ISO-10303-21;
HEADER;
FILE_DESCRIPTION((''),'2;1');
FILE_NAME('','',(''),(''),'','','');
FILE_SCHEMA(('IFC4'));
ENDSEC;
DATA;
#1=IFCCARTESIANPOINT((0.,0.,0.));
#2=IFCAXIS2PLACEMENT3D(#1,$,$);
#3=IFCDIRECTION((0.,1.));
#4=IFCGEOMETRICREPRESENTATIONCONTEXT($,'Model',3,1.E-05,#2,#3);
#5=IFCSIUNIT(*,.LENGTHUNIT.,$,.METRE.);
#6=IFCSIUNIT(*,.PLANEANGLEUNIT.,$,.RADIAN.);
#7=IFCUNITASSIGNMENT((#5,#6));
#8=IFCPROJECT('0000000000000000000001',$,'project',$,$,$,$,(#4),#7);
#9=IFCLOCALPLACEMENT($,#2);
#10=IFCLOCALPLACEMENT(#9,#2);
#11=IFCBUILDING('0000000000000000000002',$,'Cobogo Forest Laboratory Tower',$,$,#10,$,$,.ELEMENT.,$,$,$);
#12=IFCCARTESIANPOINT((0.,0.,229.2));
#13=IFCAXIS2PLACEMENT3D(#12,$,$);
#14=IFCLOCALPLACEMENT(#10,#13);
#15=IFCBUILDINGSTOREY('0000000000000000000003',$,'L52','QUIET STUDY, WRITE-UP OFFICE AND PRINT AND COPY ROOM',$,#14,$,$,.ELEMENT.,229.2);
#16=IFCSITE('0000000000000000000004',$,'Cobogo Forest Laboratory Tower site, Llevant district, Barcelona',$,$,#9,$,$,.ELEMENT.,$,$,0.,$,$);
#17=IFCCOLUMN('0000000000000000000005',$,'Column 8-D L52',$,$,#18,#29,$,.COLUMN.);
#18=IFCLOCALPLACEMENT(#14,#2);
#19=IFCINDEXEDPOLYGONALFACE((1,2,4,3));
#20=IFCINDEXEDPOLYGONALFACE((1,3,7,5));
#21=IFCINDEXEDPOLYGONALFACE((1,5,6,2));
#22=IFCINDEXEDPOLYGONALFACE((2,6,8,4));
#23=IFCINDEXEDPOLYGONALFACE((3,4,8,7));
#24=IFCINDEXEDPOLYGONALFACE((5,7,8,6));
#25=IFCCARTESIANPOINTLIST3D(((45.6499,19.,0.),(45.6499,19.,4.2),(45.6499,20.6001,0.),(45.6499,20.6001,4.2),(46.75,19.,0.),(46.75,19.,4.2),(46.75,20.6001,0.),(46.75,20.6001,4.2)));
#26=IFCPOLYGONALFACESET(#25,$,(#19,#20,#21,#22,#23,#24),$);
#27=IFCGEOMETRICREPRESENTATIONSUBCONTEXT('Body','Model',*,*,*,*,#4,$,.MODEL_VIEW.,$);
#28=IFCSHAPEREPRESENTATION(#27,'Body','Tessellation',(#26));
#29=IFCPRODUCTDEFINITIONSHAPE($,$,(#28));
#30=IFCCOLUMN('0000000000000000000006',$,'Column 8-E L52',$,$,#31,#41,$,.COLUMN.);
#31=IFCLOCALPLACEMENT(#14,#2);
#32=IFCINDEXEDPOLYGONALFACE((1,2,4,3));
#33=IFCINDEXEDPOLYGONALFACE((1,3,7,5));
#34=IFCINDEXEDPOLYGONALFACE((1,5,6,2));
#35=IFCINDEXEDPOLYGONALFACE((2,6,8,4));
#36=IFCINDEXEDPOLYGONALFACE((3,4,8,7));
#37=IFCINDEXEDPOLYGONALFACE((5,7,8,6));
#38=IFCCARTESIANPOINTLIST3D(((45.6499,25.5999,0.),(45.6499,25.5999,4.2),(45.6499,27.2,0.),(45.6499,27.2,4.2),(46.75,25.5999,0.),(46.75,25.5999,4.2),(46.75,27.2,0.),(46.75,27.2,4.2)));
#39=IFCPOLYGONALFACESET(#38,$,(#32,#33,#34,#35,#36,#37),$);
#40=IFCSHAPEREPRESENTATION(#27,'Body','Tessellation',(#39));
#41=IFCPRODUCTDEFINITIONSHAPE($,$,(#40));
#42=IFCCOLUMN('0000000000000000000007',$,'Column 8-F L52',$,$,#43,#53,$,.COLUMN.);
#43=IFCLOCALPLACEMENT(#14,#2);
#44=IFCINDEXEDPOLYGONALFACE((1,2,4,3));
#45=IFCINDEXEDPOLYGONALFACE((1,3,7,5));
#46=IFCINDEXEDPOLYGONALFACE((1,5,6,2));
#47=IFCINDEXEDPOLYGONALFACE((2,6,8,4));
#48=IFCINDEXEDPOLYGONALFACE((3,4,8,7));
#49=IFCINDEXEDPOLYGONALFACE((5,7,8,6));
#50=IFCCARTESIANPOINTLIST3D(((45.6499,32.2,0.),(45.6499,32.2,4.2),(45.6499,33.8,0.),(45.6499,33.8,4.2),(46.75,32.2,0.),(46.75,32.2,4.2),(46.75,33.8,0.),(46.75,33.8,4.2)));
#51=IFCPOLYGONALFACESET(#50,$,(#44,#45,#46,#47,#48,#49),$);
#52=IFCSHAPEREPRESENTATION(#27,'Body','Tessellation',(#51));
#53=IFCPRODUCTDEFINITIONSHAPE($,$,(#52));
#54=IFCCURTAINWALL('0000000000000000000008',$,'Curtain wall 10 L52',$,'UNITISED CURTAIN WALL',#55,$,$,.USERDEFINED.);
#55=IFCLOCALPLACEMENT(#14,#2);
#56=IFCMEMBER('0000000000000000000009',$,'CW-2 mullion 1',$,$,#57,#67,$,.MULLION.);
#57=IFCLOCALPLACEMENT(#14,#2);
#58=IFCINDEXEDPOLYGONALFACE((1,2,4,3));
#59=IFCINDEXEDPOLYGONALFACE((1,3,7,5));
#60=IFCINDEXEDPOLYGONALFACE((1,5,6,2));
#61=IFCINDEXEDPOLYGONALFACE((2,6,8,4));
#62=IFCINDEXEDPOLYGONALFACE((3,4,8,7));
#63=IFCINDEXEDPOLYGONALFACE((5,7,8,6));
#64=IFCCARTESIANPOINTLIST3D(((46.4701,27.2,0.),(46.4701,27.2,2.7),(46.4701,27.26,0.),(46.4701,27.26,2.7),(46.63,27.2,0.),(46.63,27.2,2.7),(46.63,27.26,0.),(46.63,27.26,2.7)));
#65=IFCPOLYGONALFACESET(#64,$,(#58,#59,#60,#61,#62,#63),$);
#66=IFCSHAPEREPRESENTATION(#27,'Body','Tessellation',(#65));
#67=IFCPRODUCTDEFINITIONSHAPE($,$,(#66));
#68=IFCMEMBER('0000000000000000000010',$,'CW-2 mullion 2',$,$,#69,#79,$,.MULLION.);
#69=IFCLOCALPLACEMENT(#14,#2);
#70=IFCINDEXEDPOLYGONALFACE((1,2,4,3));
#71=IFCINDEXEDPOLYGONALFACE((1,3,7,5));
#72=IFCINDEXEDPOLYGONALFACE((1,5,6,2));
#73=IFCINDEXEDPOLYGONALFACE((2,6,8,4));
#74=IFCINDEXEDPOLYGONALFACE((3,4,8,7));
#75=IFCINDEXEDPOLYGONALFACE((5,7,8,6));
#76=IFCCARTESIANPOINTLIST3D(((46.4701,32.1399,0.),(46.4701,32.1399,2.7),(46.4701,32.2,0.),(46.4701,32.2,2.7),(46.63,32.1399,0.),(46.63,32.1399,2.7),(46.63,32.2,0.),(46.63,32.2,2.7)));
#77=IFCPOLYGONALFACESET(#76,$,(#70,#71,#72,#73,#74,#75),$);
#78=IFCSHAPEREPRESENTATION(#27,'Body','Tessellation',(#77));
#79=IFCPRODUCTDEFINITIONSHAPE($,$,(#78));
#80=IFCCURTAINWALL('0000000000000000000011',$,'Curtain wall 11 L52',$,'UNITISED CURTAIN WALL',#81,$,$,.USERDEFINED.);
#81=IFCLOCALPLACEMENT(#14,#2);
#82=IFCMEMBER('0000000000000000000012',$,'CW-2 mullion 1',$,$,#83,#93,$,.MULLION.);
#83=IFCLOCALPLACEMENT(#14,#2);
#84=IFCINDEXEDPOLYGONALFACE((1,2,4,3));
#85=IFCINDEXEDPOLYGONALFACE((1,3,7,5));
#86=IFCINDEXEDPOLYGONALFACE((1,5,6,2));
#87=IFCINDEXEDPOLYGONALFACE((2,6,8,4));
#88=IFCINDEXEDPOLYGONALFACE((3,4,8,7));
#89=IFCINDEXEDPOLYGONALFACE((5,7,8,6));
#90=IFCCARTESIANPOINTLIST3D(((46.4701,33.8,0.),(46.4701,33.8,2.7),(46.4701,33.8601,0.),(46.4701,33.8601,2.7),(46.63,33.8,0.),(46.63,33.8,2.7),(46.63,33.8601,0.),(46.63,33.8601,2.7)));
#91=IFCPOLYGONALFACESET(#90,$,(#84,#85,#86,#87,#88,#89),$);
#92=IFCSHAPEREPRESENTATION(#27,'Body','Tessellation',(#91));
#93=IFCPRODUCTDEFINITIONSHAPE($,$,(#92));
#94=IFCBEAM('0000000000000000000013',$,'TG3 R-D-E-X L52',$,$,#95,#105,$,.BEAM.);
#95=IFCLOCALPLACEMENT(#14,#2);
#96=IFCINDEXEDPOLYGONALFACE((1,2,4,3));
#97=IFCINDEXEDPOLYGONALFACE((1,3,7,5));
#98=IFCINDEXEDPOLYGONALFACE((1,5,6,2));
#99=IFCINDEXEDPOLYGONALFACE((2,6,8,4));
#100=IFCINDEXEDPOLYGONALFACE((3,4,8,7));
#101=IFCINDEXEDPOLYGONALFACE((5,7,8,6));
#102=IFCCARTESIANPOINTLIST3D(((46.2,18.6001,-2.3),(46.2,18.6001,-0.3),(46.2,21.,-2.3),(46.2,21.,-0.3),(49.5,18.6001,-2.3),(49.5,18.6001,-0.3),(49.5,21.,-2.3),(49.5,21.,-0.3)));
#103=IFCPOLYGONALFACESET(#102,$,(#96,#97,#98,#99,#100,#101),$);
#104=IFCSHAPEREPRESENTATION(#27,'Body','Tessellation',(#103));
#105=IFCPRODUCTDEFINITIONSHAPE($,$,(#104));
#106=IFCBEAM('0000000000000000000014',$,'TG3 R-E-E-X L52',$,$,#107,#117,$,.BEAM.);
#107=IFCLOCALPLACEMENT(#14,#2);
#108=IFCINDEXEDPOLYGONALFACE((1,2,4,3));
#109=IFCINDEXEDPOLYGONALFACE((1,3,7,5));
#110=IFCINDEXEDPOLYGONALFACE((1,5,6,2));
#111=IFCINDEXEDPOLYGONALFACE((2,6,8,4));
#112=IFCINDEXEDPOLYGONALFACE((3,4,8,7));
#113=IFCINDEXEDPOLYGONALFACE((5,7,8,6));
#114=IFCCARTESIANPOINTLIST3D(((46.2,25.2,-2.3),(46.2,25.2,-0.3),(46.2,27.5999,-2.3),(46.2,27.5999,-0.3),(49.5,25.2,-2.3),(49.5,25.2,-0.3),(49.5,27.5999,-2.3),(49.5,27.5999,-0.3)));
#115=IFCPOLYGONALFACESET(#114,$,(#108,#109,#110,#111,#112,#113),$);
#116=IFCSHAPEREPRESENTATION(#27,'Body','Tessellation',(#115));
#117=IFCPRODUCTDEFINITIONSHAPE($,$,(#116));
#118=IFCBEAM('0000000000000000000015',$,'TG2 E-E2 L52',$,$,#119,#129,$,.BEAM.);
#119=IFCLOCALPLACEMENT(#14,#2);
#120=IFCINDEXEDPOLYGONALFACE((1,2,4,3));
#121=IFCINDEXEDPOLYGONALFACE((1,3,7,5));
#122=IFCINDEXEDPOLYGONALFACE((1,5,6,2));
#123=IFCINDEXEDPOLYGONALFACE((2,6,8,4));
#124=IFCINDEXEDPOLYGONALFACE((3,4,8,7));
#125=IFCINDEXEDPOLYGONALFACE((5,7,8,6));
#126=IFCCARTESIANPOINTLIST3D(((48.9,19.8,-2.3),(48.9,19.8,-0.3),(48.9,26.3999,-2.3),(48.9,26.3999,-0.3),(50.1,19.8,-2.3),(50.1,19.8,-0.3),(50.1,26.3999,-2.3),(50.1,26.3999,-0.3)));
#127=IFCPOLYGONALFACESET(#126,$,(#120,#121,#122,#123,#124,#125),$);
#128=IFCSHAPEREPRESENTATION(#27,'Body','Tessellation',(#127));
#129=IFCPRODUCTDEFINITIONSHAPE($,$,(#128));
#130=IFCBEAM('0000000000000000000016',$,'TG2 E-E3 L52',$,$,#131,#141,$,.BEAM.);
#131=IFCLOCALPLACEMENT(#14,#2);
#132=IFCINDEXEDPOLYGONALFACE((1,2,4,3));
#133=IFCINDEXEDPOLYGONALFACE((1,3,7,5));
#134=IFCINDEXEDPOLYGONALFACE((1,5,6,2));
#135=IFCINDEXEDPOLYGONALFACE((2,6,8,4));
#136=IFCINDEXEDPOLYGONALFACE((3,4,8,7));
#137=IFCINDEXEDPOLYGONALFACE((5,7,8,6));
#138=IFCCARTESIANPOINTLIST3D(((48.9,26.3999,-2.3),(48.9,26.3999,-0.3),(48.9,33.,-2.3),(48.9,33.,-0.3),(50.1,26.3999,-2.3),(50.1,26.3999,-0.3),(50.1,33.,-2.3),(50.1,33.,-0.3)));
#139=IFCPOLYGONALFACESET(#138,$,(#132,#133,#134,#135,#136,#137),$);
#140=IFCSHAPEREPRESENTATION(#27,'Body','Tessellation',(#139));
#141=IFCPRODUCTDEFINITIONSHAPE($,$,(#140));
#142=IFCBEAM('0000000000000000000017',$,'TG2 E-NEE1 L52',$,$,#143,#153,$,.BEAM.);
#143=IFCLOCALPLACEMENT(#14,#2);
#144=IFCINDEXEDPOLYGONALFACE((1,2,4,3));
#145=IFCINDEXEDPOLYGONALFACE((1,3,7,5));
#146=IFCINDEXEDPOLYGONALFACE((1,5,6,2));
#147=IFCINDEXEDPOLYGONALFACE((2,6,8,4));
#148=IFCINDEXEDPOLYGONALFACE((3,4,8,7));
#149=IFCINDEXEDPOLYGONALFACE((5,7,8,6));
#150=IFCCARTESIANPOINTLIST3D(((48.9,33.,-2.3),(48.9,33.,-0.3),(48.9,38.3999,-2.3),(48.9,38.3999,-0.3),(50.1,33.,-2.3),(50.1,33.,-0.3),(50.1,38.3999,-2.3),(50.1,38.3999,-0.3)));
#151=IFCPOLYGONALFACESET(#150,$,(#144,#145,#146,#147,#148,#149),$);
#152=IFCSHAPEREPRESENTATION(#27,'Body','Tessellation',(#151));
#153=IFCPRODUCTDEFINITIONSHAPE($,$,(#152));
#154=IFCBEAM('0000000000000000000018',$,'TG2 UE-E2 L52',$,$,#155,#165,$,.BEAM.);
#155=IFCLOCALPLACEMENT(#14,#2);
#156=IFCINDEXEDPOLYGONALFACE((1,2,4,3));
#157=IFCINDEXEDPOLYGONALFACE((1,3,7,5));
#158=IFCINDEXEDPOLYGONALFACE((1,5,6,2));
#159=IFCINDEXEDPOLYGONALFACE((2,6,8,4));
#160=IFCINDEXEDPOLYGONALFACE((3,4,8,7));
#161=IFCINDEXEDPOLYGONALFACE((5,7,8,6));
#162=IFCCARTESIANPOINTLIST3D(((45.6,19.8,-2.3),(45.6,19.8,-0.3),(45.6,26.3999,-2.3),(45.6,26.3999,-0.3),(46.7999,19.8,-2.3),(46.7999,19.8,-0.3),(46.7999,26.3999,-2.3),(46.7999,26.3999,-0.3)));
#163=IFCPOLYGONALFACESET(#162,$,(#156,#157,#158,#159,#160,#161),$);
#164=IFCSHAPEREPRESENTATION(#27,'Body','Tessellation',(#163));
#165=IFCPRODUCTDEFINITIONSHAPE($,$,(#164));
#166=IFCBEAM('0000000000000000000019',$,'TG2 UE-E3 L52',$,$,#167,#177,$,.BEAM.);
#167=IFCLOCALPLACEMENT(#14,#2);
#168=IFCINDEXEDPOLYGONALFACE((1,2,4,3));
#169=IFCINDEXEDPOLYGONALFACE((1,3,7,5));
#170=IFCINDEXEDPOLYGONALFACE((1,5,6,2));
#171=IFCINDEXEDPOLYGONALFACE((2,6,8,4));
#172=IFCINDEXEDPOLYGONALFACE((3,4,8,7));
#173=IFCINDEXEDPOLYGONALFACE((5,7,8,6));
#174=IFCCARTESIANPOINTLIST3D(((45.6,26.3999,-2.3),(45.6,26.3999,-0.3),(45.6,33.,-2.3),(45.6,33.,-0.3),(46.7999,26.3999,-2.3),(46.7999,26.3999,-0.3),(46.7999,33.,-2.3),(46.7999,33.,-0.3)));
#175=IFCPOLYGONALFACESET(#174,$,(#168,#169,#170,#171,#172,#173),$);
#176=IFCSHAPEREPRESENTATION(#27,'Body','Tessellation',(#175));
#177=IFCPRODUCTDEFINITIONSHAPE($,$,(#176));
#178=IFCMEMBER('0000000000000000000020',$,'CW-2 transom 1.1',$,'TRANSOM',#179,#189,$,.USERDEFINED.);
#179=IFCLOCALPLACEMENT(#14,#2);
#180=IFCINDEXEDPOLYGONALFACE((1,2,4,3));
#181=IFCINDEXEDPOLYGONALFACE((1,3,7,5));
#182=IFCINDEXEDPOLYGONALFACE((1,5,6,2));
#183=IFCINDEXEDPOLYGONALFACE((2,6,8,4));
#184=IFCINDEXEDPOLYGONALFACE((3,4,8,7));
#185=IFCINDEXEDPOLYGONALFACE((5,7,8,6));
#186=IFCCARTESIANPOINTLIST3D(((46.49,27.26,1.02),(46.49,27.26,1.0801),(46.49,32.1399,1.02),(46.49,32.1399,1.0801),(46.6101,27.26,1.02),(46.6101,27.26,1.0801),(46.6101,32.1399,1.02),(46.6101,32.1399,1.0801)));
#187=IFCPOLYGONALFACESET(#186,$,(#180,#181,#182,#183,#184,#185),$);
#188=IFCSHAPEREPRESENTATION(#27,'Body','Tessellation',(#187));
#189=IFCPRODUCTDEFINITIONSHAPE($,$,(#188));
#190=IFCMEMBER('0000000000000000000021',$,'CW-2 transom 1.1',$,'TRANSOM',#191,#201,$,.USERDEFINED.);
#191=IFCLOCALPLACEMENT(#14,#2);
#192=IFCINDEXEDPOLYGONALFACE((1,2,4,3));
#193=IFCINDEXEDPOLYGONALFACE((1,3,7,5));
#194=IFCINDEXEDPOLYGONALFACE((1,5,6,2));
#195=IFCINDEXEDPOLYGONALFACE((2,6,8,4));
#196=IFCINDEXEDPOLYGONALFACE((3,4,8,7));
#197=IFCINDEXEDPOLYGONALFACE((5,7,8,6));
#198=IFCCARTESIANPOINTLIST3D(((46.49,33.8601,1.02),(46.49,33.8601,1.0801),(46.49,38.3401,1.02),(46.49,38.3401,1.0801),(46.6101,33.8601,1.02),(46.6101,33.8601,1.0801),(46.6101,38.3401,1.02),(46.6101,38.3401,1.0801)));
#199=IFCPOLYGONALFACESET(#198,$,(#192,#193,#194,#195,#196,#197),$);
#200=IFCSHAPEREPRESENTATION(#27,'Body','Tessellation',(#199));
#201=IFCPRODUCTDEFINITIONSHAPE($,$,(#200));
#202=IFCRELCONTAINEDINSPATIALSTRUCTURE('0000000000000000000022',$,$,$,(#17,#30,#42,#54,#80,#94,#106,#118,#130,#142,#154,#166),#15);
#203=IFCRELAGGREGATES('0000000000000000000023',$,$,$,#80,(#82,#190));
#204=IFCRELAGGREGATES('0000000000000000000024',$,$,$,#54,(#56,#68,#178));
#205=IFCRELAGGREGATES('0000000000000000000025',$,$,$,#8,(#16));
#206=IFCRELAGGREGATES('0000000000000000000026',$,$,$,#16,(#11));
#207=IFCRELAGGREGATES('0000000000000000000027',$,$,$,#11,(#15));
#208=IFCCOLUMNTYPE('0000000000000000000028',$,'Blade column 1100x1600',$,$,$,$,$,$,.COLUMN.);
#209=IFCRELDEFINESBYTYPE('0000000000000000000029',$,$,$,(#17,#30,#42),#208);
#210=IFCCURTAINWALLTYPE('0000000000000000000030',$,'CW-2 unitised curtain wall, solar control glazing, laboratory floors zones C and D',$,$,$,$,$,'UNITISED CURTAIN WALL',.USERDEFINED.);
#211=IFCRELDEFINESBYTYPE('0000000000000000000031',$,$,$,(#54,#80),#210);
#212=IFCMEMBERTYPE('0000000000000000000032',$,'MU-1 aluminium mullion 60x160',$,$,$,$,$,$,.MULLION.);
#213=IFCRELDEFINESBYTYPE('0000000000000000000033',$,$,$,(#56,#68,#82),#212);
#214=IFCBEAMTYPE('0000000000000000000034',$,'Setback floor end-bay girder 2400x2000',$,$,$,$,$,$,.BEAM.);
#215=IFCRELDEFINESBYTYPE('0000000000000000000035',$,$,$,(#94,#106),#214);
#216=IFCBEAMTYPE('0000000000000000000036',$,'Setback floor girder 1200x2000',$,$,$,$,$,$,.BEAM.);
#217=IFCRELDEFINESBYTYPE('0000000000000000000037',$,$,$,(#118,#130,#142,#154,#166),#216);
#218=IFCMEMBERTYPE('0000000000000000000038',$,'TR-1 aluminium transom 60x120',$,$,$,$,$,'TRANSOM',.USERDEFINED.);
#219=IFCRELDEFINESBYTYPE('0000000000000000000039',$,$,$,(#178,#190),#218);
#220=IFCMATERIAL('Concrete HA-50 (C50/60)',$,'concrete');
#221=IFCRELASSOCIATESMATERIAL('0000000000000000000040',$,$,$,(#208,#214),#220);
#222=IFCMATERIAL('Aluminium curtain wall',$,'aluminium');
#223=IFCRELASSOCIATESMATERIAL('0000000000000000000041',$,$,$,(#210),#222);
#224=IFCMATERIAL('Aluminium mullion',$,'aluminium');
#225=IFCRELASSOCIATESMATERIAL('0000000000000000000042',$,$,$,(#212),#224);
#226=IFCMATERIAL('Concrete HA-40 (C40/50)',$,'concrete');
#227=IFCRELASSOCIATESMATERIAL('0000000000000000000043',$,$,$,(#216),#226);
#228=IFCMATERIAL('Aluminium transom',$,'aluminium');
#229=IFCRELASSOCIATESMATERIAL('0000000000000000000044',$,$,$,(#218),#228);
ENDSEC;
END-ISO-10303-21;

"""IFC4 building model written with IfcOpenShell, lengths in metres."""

from ifc_helpers import new_model, si_unit, direction, frame, origin, origin_2d, place, context, subcontext, project, spatial, rectangle, extrude, material, material_profile, profile_set, type_object, element, aggregate, save


model = new_model("IFC4")

# Units and contexts
model_context = context("Model", 3, precision=1e-05, world=origin(), true_north=direction((0.0, 1.0)))
body_context = subcontext(model_context, "Body", "Model", "MODEL_VIEW")
ifc_project = project(units=[si_unit("LENGTHUNIT", "METRE"), si_unit("PLANEANGLEUNIT", "RADIAN")], contexts=[model_context])

# Site, building, storey
site_placement = place(None, origin())
site = spatial("IfcSite", under=ifc_project, at=site_placement, Name="Cobogo Forest Laboratory Tower site, Llevant district, Barcelona", CompositionType="ELEMENT", RefElevation=0.0)
building_placement = place(site_placement, origin())
building = spatial("IfcBuilding", under=site, at=building_placement, Name="Cobogo Forest Laboratory Tower", CompositionType="ELEMENT")
storey_placement = place(building_placement, frame((0.0, 0.0, 229.2)))
storey = spatial("IfcBuildingStorey", under=building, at=storey_placement, Name="L52", Description="QUIET STUDY, WRITE-UP OFFICE AND PRINT AND COPY ROOM", CompositionType="ELEMENT", Elevation=229.2)

# Columns
ifc_material_1 = material(Name="Concrete HA-50 (C50/60)", Category="concrete")
ifc_material_profile_1 = material_profile(ifc_material_1, rectangle(XDim=1.6001, YDim=1.1001, at=origin_2d()), Name="RC 1100x1600")
ifc_profile_set_1 = profile_set([ifc_material_profile_1], Name="Concrete HA-50 (C50/60)")
column_type = type_object("IfcColumnType", Name="Blade column 1100x1600", PredefinedType="COLUMN", material=ifc_profile_set_1)
for number, where, z_axis, x_axis, name in (
    (1, (46.2, 19.8, 0.0), (0.0, 0.0, 1.0), (0.0, 1.0, 0.0), "Column 8-D L52"),
    (2, (46.2, 26.3999, 0.0), (0.0, 0.0, 1.0), (0.0, 1.0, 0.0), "Column 8-E L52"),
    (3, (46.2, 33.0, 0.0), (0.0, 0.0, 1.0), (0.0, 1.0, 0.0), "Column 8-F L52"),
):
    element("IfcColumn", number, at=place(storey_placement, frame(where, z_axis=z_axis, x_axis=x_axis)), inside=storey, type_object=column_type, Name=name, PredefinedType="COLUMN", context=body_context, shape_type="SweptSolid", body=[
        extrude(rectangle(XDim=1.6001, YDim=1.1001, at=origin_2d()), origin(), (0.0, 0.0, 1.0), 4.2),
    ])

# Curtain wall, members
ifc_material_2 = material(Name="Aluminium curtain wall", Category="aluminium")
curtain_wall_type = type_object("IfcCurtainWallType", Name="CW-2 unitised curtain wall, solar control glazing, laboratory floors zones C and D", ElementType="UNITISED CURTAIN WALL", PredefinedType="USERDEFINED", material=ifc_material_2)
curtain_wall_1_placement = place(storey_placement, origin())
curtain_wall_1 = element("IfcCurtainWall", 4, at=curtain_wall_1_placement, inside=storey, type_object=curtain_wall_type, Name="Curtain wall 10 L52", ObjectType="UNITISED CURTAIN WALL", PredefinedType="USERDEFINED")
ifc_material_3 = material(Name="Aluminium mullion", Category="aluminium")
ifc_material_profile_2 = material_profile(ifc_material_3, rectangle(XDim=0.0601, YDim=0.1599, at=origin_2d()), Name="AL 60x160")
ifc_profile_set_2 = profile_set([ifc_material_profile_2], Name="Aluminium mullion")
member_type_1 = type_object("IfcMemberType", Name="MU-1 aluminium mullion 60x160", PredefinedType="MULLION", material=ifc_profile_set_2)
member_1_placement = place(storey_placement, frame((46.55, 27.23, 0.0), z_axis=(0.0, 0.0, 1.0), x_axis=(0.0, 1.0, 0.0)))
member_1 = element("IfcMember", 5, at=member_1_placement, type_object=member_type_1, Name="CW-2 mullion 1", PredefinedType="MULLION", context=body_context, shape_type="SweptSolid", body=[
    extrude(rectangle(XDim=0.0601, YDim=0.1599, at=origin_2d()), origin(), (0.0, 0.0, 1.0), 2.7),
])
member_2_placement = place(storey_placement, frame((46.55, 32.1699, 0.0), z_axis=(0.0, 0.0, 1.0), x_axis=(0.0, 1.0, 0.0)))
member_2 = element("IfcMember", 6, at=member_2_placement, type_object=member_type_1, Name="CW-2 mullion 2", PredefinedType="MULLION", context=body_context, shape_type="SweptSolid", body=[
    extrude(rectangle(XDim=0.0601, YDim=0.1599, at=origin_2d()), origin(), (0.0, 0.0, 1.0), 2.7),
])

# Curtain wall, member
curtain_wall_2_placement = place(storey_placement, origin())
curtain_wall_2 = element("IfcCurtainWall", 7, at=curtain_wall_2_placement, inside=storey, type_object=curtain_wall_type, Name="Curtain wall 11 L52", ObjectType="UNITISED CURTAIN WALL", PredefinedType="USERDEFINED")
member_3_placement = place(storey_placement, frame((46.55, 33.8301, 0.0), z_axis=(0.0, 0.0, 1.0), x_axis=(0.0, 1.0, 0.0)))
member_3 = element("IfcMember", 8, at=member_3_placement, type_object=member_type_1, Name="CW-2 mullion 1", PredefinedType="MULLION", context=body_context, shape_type="SweptSolid", body=[
    extrude(rectangle(XDim=0.0601, YDim=0.1599, at=origin_2d()), origin(), (0.0, 0.0, 1.0), 2.7),
])

# Beams
ifc_material_profile_3 = material_profile(ifc_material_1, rectangle(XDim=2.3999, YDim=2.0, at=origin_2d()), Name="RC 2400x2000")
ifc_profile_set_3 = profile_set([ifc_material_profile_3], Name="Concrete HA-50 (C50/60)")
beam_type_1 = type_object("IfcBeamType", Name="Setback floor end-bay girder 2400x2000", PredefinedType="BEAM", material=ifc_profile_set_3)
for number, where, z_axis, x_axis, name in (
    (9, (49.5, 19.8, -1.3), (-1.0, 0.0, 0.0), (0.0, -1.0, 0.0), "TG3 R-D-E-X L52"),
    (10, (49.5, 26.3999, -1.3), (-1.0, 0.0, 0.0), (0.0, -1.0, 0.0), "TG3 R-E-E-X L52"),
):
    element("IfcBeam", number, at=place(storey_placement, frame(where, z_axis=z_axis, x_axis=x_axis)), inside=storey, type_object=beam_type_1, Name=name, PredefinedType="BEAM", context=body_context, shape_type="SweptSolid", body=[
        extrude(rectangle(XDim=2.3999, YDim=2.0, at=origin_2d()), origin(), (0.0, 0.0, 1.0), 3.3),
    ])
ifc_material_4 = material(Name="Concrete HA-40 (C40/50)", Category="concrete")
ifc_material_profile_4 = material_profile(ifc_material_4, rectangle(XDim=1.2, YDim=2.0, at=origin_2d()), Name="RC 1200x2000")
ifc_profile_set_4 = profile_set([ifc_material_profile_4], Name="Concrete HA-40 (C40/50)")
beam_type_2 = type_object("IfcBeamType", Name="Setback floor girder 1200x2000", PredefinedType="BEAM", material=ifc_profile_set_4)
beam_1_placement = place(storey_placement, frame((49.5, 19.8, -1.3), z_axis=(0.0, 1.0, 0.0), x_axis=(-1.0, 0.0, 0.0)))
element("IfcBeam", 11, at=beam_1_placement, inside=storey, type_object=beam_type_2, Name="TG2 E-E2 L52", PredefinedType="BEAM", context=body_context, shape_type="SweptSolid", body=[
    extrude(rectangle(XDim=1.2, YDim=2.0, at=origin_2d()), origin(), (0.0, 0.0, 1.0), 6.5999),
])
beam_2_placement = place(storey_placement, frame((49.5, 26.3999, -1.3), z_axis=(0.0, 1.0, 0.0), x_axis=(-1.0, 0.0, 0.0)))
element("IfcBeam", 12, at=beam_2_placement, inside=storey, type_object=beam_type_2, Name="TG2 E-E3 L52", PredefinedType="BEAM", context=body_context, shape_type="SweptSolid", body=[
    extrude(rectangle(XDim=1.2, YDim=2.0, at=origin_2d()), origin(), (0.0, 0.0, 1.0), 6.6001),
])
beam_3_placement = place(storey_placement, frame((49.5, 33.0, -1.3), z_axis=(0.0, 1.0, 0.0), x_axis=(-1.0, 0.0, 0.0)))
element("IfcBeam", 13, at=beam_3_placement, inside=storey, type_object=beam_type_2, Name="TG2 E-NEE1 L52", PredefinedType="BEAM", context=body_context, shape_type="SweptSolid", body=[
    extrude(rectangle(XDim=1.2, YDim=2.0, at=origin_2d()), origin(), (0.0, 0.0, 1.0), 5.3999),
])
beam_4_placement = place(storey_placement, frame((46.2, 19.8, -1.3), z_axis=(0.0, 1.0, 0.0), x_axis=(-1.0, 0.0, 0.0)))
element("IfcBeam", 14, at=beam_4_placement, inside=storey, type_object=beam_type_2, Name="TG2 UE-E2 L52", PredefinedType="BEAM", context=body_context, shape_type="SweptSolid", body=[
    extrude(rectangle(XDim=1.2, YDim=2.0, at=origin_2d()), origin(), (0.0, 0.0, 1.0), 6.5999),
])
beam_5_placement = place(storey_placement, frame((46.2, 26.3999, -1.3), z_axis=(0.0, 1.0, 0.0), x_axis=(-1.0, 0.0, 0.0)))
element("IfcBeam", 15, at=beam_5_placement, inside=storey, type_object=beam_type_2, Name="TG2 UE-E3 L52", PredefinedType="BEAM", context=body_context, shape_type="SweptSolid", body=[
    extrude(rectangle(XDim=1.2, YDim=2.0, at=origin_2d()), origin(), (0.0, 0.0, 1.0), 6.6001),
])

# Members
ifc_material_5 = material(Name="Aluminium transom", Category="aluminium")
ifc_material_profile_5 = material_profile(ifc_material_5, rectangle(XDim=0.1201, YDim=0.0601, at=origin_2d()), Name="AL 60x120")
ifc_profile_set_5 = profile_set([ifc_material_profile_5], Name="Aluminium transom")
member_type_2 = type_object("IfcMemberType", Name="TR-1 aluminium transom 60x120", ElementType="TRANSOM", PredefinedType="USERDEFINED", material=ifc_profile_set_5)
member_4_placement = place(storey_placement, frame((46.55, 27.26, 1.05), z_axis=(0.0, 1.0, 0.0), x_axis=(-1.0, 0.0, 0.0)))
member_4 = element("IfcMember", 16, at=member_4_placement, type_object=member_type_2, Name="CW-2 transom 1.1", ObjectType="TRANSOM", PredefinedType="USERDEFINED", context=body_context, shape_type="SweptSolid", body=[
    extrude(rectangle(XDim=0.1201, YDim=0.0601, at=origin_2d()), origin(), (0.0, 0.0, 1.0), 4.8799),
])
member_5_placement = place(storey_placement, frame((46.55, 33.8601, 1.05), z_axis=(0.0, 1.0, 0.0), x_axis=(-1.0, 0.0, 0.0)))
member_5 = element("IfcMember", 17, at=member_5_placement, type_object=member_type_2, Name="CW-2 transom 1.1", ObjectType="TRANSOM", PredefinedType="USERDEFINED", context=body_context, shape_type="SweptSolid", body=[
    extrude(rectangle(XDim=0.1201, YDim=0.0601, at=origin_2d()), origin(), (0.0, 0.0, 1.0), 4.48),
])
aggregate(curtain_wall_2, [member_3, member_5])

aggregate(curtain_wall_1, [member_1, member_2, member_4])

save(model, "model.ifc")
